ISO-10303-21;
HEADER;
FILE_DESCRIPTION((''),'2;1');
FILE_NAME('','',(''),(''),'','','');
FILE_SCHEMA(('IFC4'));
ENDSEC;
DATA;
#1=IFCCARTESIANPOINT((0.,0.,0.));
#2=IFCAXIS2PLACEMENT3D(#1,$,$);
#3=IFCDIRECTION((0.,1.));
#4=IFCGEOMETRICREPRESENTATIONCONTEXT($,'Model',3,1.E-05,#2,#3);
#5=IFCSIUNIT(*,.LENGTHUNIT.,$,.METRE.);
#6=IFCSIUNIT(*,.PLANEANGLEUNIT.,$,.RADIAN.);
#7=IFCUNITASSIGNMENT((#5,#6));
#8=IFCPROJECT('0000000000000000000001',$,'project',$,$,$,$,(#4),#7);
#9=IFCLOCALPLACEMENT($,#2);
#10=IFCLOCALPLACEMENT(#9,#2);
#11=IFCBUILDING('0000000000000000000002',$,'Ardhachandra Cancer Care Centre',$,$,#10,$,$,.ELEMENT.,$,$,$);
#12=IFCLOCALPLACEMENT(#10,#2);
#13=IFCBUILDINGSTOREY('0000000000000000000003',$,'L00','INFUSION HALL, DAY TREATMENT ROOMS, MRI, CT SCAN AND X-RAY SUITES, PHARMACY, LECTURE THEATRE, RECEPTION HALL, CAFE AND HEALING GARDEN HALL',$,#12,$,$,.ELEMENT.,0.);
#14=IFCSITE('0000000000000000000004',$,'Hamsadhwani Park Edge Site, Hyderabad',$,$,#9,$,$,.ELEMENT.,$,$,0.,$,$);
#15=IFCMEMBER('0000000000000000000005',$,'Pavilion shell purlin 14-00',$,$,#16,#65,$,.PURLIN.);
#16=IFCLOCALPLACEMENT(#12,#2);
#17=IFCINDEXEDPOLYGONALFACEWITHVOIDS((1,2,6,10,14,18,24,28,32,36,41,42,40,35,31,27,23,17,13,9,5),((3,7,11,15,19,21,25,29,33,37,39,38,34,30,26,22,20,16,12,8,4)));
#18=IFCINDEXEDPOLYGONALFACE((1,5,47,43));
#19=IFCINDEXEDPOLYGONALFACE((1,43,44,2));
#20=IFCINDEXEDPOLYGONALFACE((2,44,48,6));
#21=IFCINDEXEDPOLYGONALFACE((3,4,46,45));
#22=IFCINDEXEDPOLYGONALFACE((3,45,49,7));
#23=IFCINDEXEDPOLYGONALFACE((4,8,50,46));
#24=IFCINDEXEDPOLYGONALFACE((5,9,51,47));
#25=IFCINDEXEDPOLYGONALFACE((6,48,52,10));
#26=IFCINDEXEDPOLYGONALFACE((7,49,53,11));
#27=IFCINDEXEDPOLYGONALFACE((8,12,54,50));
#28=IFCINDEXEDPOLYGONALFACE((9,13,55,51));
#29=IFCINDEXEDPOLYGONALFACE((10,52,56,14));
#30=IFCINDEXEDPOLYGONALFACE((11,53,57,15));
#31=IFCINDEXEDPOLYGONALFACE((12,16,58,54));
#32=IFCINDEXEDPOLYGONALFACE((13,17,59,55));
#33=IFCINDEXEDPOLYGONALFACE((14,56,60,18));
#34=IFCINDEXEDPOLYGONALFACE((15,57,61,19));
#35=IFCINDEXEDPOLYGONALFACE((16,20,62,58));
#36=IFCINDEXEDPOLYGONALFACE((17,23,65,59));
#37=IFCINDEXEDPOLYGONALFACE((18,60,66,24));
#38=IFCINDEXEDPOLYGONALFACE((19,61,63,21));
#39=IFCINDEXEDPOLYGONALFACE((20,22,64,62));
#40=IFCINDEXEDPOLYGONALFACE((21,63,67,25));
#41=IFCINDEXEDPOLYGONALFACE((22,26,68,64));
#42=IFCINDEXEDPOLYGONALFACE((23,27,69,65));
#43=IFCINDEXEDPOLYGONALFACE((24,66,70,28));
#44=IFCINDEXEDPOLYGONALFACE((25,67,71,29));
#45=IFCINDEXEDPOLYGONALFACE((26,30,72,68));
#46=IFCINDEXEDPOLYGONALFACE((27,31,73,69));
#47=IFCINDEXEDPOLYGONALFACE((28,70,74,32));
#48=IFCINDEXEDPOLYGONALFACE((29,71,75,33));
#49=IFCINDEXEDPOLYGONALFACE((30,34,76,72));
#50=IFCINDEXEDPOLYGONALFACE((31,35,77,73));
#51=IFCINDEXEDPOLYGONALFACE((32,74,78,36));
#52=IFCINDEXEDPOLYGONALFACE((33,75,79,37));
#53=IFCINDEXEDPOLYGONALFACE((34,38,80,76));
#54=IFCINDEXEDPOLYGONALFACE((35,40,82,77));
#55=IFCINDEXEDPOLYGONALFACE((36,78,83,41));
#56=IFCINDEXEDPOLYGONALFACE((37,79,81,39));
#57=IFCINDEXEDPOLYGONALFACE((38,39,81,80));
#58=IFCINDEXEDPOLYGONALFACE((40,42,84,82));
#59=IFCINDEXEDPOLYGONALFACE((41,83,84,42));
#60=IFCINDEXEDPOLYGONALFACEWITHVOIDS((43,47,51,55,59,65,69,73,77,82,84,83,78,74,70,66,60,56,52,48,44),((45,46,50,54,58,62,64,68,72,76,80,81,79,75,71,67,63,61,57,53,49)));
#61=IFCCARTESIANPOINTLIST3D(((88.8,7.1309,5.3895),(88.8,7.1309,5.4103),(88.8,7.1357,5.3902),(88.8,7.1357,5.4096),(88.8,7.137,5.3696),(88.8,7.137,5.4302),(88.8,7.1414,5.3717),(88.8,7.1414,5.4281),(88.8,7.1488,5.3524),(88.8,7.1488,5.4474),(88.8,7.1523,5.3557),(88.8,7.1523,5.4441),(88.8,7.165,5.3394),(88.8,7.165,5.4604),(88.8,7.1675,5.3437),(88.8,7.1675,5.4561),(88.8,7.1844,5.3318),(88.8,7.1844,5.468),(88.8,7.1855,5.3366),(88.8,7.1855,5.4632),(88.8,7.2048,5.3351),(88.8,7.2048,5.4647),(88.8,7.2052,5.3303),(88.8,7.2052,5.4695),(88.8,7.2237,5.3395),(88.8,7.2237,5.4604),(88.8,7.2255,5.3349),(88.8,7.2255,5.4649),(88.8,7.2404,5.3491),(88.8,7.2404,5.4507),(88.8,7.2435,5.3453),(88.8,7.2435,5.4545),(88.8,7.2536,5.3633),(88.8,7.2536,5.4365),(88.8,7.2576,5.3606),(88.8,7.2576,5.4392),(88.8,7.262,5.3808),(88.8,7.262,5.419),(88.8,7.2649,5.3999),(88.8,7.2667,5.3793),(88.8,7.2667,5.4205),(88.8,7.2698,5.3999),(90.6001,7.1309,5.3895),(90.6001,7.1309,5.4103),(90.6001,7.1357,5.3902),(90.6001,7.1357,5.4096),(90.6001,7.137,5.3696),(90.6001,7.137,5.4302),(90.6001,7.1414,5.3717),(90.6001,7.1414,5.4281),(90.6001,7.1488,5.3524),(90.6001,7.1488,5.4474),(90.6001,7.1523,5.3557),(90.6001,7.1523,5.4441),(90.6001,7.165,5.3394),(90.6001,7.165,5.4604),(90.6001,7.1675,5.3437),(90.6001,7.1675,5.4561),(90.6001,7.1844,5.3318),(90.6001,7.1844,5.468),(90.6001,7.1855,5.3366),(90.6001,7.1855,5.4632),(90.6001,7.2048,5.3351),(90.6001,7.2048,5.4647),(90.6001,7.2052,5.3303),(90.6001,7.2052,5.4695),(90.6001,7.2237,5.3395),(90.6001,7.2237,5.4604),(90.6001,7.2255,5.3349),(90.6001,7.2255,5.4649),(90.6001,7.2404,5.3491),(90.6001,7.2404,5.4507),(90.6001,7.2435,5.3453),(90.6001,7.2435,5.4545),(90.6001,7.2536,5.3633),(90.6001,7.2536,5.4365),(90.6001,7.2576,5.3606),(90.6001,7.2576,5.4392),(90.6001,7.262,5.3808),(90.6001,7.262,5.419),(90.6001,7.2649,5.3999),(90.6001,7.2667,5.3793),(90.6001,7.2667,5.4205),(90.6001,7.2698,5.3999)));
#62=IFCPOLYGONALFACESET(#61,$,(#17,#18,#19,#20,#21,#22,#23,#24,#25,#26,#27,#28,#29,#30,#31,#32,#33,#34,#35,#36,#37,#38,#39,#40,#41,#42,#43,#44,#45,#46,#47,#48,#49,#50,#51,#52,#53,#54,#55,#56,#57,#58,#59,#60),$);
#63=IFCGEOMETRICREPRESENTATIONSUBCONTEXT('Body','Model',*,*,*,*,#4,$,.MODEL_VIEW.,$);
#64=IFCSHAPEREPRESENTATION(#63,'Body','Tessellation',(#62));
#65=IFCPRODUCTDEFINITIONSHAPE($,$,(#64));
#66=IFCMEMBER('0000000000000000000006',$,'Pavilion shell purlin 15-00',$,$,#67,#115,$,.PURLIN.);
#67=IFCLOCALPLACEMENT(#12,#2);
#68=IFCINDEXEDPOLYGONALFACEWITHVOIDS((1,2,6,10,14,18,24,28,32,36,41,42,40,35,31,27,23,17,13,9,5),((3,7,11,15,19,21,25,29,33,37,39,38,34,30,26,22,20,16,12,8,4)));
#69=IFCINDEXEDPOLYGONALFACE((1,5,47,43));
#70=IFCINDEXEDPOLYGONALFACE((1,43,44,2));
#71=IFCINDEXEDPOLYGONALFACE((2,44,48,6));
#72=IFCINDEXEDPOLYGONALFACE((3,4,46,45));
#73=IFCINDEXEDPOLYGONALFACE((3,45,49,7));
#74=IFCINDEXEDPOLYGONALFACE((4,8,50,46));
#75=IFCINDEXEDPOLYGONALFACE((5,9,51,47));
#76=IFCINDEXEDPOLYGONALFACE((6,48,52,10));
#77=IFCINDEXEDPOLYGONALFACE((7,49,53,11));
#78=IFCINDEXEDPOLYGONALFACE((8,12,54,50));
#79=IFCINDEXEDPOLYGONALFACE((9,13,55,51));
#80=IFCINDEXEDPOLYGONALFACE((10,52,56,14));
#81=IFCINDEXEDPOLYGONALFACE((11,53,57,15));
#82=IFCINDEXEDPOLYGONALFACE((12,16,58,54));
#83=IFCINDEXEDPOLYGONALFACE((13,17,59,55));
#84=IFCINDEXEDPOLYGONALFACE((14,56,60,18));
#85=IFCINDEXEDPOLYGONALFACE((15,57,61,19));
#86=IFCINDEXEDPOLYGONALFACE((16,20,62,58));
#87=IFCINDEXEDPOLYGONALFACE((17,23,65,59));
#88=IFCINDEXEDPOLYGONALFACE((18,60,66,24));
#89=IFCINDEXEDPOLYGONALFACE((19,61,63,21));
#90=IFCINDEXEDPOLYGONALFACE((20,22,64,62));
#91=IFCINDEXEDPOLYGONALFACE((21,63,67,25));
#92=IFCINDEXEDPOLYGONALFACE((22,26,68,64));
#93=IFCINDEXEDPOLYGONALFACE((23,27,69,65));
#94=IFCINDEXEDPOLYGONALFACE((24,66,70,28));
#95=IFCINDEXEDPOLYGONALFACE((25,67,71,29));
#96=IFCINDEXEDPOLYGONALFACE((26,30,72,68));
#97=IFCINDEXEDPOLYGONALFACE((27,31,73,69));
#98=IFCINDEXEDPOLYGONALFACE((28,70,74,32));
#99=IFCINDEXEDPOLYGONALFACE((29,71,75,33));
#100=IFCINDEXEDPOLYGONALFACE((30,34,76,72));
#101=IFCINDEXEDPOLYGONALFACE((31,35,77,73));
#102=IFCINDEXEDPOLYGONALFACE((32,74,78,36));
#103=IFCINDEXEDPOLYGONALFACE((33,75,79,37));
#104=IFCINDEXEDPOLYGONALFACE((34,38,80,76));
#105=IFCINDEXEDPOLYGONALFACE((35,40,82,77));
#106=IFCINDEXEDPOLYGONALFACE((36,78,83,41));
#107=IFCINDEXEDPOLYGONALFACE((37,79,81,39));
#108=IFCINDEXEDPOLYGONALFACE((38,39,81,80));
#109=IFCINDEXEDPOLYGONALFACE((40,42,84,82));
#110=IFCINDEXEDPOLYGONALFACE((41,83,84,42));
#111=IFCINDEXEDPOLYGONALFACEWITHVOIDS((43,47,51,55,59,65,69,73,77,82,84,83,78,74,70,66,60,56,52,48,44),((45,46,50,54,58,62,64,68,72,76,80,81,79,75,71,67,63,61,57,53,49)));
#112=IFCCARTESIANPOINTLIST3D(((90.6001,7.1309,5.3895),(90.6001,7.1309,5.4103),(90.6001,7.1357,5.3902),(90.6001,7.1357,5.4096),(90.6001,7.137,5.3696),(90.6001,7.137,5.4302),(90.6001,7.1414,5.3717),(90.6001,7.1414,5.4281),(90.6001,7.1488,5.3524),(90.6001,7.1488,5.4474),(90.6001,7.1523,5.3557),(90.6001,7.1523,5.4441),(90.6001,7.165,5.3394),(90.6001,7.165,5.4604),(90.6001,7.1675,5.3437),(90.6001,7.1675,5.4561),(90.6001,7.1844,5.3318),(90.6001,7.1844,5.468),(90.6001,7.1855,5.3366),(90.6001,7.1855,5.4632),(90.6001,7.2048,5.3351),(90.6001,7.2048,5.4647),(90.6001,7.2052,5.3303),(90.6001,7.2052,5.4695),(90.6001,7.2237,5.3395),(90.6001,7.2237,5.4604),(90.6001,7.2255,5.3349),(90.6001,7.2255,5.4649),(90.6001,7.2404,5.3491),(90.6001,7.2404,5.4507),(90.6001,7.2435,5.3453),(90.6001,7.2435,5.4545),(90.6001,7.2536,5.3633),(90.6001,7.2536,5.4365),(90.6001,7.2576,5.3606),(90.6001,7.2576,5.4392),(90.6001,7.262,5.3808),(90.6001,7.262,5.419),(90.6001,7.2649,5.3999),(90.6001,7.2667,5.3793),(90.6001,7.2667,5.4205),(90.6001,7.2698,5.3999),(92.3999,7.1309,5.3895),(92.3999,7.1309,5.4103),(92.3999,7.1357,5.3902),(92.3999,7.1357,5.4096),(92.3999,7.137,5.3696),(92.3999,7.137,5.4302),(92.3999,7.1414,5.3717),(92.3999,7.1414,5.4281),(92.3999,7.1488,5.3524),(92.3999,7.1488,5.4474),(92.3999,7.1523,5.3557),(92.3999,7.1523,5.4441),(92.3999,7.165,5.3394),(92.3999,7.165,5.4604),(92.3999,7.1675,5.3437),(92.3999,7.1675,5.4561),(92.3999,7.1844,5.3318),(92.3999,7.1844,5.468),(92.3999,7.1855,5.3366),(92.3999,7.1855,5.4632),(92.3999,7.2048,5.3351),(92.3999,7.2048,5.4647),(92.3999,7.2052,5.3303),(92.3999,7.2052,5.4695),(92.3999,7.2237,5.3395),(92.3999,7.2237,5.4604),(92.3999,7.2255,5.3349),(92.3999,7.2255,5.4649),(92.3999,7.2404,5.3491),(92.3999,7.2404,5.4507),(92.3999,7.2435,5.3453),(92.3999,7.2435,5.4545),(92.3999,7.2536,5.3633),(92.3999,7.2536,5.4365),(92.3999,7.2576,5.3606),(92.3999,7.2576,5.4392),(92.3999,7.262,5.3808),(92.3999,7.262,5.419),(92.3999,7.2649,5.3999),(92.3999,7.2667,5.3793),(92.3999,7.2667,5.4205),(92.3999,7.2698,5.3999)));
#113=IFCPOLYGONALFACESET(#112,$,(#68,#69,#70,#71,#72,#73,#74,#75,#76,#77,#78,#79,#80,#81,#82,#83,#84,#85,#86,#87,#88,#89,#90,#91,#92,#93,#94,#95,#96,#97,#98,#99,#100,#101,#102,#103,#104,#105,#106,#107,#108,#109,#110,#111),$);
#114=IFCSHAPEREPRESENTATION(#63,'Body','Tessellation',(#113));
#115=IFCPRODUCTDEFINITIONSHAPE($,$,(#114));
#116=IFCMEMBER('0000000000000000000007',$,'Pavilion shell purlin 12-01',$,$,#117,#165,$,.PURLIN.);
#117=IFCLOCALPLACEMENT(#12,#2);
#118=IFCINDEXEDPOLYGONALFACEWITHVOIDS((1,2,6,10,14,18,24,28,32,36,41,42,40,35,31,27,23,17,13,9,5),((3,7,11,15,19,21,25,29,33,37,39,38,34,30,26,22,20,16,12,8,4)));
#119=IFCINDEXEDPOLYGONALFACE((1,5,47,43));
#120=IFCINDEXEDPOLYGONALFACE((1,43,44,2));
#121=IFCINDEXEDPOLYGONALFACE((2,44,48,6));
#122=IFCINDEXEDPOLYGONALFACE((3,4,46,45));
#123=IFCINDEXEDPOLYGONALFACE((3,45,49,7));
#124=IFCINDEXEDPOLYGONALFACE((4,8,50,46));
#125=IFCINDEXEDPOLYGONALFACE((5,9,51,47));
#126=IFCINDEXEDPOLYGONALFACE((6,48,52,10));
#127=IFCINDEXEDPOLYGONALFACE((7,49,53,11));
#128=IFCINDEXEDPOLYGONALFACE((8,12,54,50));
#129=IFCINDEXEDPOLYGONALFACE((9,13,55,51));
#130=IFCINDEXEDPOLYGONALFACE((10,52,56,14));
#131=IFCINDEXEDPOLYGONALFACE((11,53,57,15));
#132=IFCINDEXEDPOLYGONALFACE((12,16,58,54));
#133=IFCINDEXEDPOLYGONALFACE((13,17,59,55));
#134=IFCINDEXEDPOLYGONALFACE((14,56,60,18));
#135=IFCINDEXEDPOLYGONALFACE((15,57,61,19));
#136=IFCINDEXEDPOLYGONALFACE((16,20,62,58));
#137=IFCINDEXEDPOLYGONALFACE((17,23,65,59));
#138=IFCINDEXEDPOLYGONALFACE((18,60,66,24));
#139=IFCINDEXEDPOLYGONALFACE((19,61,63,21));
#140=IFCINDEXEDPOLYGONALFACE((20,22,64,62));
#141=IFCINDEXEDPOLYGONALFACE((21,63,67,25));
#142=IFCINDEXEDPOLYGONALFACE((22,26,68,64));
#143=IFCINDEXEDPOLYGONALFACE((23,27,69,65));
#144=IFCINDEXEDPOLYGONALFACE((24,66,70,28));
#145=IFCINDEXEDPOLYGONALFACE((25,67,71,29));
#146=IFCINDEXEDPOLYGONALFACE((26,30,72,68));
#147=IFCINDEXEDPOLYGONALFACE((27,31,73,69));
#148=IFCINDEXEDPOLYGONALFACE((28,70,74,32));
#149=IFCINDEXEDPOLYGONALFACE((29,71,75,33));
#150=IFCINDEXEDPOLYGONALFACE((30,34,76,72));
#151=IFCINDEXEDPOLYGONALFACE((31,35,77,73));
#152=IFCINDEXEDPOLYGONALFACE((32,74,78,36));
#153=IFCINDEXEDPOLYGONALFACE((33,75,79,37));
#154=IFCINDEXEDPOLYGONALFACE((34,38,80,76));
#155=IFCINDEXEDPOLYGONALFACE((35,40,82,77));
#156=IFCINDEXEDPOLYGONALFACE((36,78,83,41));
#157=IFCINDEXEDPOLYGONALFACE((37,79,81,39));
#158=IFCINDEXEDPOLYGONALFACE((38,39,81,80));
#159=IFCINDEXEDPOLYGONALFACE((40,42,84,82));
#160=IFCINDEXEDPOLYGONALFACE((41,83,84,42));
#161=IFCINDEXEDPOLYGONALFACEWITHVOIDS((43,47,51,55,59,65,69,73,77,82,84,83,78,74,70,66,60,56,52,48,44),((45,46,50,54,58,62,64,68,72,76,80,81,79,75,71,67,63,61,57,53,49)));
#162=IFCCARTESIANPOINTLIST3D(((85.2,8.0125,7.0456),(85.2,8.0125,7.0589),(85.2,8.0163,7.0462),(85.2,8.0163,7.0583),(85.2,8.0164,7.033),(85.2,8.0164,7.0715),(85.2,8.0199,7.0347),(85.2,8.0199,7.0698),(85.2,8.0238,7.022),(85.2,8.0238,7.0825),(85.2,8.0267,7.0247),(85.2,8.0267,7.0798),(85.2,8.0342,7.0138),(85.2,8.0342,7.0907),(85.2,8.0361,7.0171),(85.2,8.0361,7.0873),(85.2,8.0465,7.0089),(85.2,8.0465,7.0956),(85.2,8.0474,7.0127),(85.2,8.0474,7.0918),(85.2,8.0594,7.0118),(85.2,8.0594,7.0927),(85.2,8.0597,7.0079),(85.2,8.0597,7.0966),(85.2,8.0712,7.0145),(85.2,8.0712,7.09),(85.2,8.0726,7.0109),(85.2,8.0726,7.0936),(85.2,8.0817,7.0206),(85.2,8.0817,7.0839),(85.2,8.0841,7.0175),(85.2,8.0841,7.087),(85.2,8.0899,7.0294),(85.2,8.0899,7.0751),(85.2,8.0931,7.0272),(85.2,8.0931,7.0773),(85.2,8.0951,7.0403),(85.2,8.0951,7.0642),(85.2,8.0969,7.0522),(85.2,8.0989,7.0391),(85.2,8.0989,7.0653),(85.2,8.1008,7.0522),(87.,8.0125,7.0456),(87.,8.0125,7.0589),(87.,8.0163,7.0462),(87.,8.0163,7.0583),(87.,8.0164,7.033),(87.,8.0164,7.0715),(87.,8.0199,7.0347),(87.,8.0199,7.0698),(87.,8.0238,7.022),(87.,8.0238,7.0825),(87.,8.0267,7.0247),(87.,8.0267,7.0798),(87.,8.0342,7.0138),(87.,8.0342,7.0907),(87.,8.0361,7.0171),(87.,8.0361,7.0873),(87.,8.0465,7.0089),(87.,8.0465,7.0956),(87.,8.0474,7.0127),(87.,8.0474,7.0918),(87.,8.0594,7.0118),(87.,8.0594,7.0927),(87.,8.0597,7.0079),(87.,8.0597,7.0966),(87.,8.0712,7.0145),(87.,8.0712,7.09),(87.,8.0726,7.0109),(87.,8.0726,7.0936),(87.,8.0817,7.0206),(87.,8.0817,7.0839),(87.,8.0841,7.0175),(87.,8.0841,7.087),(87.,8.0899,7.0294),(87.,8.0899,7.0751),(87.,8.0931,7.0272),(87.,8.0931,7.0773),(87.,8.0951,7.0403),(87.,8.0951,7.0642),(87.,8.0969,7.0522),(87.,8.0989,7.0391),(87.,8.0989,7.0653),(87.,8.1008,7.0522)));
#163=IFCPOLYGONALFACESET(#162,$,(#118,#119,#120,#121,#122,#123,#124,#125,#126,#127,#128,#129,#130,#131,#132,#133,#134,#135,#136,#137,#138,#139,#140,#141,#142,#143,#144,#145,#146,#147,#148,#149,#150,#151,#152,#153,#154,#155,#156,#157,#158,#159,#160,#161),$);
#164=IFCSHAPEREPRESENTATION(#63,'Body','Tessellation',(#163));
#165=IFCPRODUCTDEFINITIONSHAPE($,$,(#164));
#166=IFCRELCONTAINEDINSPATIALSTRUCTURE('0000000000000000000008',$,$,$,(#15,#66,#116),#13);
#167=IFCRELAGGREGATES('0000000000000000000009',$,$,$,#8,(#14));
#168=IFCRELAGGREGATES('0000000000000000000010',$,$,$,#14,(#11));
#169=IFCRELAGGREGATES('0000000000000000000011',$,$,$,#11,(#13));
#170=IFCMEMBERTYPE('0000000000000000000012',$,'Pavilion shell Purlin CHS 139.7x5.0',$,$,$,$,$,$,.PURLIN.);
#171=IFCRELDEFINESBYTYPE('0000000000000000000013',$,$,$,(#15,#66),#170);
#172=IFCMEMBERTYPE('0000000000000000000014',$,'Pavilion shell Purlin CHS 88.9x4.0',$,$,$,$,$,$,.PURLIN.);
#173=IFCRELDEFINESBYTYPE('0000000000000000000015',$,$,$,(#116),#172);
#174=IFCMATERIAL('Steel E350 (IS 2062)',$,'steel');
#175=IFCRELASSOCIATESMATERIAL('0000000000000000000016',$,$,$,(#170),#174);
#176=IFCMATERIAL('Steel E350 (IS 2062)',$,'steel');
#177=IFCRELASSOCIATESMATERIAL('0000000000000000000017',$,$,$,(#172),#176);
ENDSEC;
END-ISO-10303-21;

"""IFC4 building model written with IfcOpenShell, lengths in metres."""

from ifc_helpers import new_model, si_unit, direction, frame, origin, origin_2d, place, context, subcontext, project, spatial, hollow_circle, extrude, material, material_profile, profile_set, type_object, element, save


model = new_model("IFC4")

# Units and contexts
model_context = context("Model", 3, precision=1e-05, world=origin(), true_north=direction((0.0, 1.0)))
body_context = subcontext(model_context, "Body", "Model", "MODEL_VIEW")
ifc_project = project(units=[si_unit("LENGTHUNIT", "METRE"), si_unit("PLANEANGLEUNIT", "RADIAN")], contexts=[model_context])

# Site, building, storey
site_placement = place(None, origin())
site = spatial("IfcSite", under=ifc_project, at=site_placement, Name="Hamsadhwani Park Edge Site, Hyderabad", CompositionType="ELEMENT", RefElevation=0.0)
building_placement = place(site_placement, origin())
building = spatial("IfcBuilding", under=site, at=building_placement, Name="Ardhachandra Cancer Care Centre", CompositionType="ELEMENT")
storey_placement = place(building_placement, origin())
storey = spatial("IfcBuildingStorey", under=building, at=storey_placement, Name="L00", Description="INFUSION HALL, DAY TREATMENT ROOMS, MRI, CT SCAN AND X-RAY SUITES, PHARMACY, LECTURE THEATRE, RECEPTION HALL, CAFE AND HEALING GARDEN HALL", CompositionType="ELEMENT", Elevation=0.0)

# Members
ifc_material_1 = material(Name="Steel E350 (IS 2062)", Category="steel")
ifc_material_profile_1 = material_profile(ifc_material_1, hollow_circle(Radius=0.0698, WallThickness=0.0049, at=origin_2d()), Name="CHS 139.7x5.0")
ifc_profile_set_1 = profile_set([ifc_material_profile_1], Name="Steel E350 (IS 2062)")
member_type_1 = type_object("IfcMemberType", Name="Pavilion shell Purlin CHS 139.7x5.0", PredefinedType="PURLIN", material=ifc_profile_set_1)
for number, where, z_axis, x_axis, name in (
    (1, (88.8, 7.2, 5.3999), (1.0, 0.0, 0.0), (0.0, 1.0, 0.0), "Pavilion shell purlin 14-00"),
):
    element("IfcMember", number, at=place(storey_placement, frame(where, z_axis=z_axis, x_axis=x_axis)), inside=storey, type_object=member_type_1, Name=name, PredefinedType="PURLIN", context=body_context, shape_type="SweptSolid", body=[
        extrude(hollow_circle(Radius=0.0698, WallThickness=0.0049, at=origin_2d()), origin(), (0.0, 0.0, 1.0), 1.8),
    ])
member_1_placement = place(storey_placement, frame((90.6001, 7.2, 5.3999), z_axis=(1.0, 0.0, 0.0), x_axis=(0.0, 1.0, 0.0)))
element("IfcMember", 2, at=member_1_placement, inside=storey, type_object=member_type_1, Name="Pavilion shell purlin 15-00", PredefinedType="PURLIN", context=body_context, shape_type="SweptSolid", body=[
    extrude(hollow_circle(Radius=0.0698, WallThickness=0.0049, at=origin_2d()), origin(), (0.0, 0.0, 1.0), 1.7998),
])
ifc_material_2 = material(Name="Steel E350 (IS 2062)", Category="steel")
ifc_material_profile_2 = material_profile(ifc_material_2, hollow_circle(Radius=0.0444, WallThickness=0.0039, at=origin_2d()), Name="CHS 88.9x4.0")
ifc_profile_set_2 = profile_set([ifc_material_profile_2], Name="Steel E350 (IS 2062)")
member_type_2 = type_object("IfcMemberType", Name="Pavilion shell Purlin CHS 88.9x4.0", PredefinedType="PURLIN", material=ifc_profile_set_2)
member_2_placement = place(storey_placement, frame((85.2, 8.0564, 7.0522), z_axis=(1.0, 0.0, 0.0), x_axis=(0.0, 1.0, 0.0)))
element("IfcMember", 3, at=member_2_placement, inside=storey, type_object=member_type_2, Name="Pavilion shell purlin 12-01", PredefinedType="PURLIN", context=body_context, shape_type="SweptSolid", body=[
    extrude(hollow_circle(Radius=0.0444, WallThickness=0.0039, at=origin_2d()), origin(), (0.0, 0.0, 1.0), 1.8),
])

save(model, "model.ifc")
